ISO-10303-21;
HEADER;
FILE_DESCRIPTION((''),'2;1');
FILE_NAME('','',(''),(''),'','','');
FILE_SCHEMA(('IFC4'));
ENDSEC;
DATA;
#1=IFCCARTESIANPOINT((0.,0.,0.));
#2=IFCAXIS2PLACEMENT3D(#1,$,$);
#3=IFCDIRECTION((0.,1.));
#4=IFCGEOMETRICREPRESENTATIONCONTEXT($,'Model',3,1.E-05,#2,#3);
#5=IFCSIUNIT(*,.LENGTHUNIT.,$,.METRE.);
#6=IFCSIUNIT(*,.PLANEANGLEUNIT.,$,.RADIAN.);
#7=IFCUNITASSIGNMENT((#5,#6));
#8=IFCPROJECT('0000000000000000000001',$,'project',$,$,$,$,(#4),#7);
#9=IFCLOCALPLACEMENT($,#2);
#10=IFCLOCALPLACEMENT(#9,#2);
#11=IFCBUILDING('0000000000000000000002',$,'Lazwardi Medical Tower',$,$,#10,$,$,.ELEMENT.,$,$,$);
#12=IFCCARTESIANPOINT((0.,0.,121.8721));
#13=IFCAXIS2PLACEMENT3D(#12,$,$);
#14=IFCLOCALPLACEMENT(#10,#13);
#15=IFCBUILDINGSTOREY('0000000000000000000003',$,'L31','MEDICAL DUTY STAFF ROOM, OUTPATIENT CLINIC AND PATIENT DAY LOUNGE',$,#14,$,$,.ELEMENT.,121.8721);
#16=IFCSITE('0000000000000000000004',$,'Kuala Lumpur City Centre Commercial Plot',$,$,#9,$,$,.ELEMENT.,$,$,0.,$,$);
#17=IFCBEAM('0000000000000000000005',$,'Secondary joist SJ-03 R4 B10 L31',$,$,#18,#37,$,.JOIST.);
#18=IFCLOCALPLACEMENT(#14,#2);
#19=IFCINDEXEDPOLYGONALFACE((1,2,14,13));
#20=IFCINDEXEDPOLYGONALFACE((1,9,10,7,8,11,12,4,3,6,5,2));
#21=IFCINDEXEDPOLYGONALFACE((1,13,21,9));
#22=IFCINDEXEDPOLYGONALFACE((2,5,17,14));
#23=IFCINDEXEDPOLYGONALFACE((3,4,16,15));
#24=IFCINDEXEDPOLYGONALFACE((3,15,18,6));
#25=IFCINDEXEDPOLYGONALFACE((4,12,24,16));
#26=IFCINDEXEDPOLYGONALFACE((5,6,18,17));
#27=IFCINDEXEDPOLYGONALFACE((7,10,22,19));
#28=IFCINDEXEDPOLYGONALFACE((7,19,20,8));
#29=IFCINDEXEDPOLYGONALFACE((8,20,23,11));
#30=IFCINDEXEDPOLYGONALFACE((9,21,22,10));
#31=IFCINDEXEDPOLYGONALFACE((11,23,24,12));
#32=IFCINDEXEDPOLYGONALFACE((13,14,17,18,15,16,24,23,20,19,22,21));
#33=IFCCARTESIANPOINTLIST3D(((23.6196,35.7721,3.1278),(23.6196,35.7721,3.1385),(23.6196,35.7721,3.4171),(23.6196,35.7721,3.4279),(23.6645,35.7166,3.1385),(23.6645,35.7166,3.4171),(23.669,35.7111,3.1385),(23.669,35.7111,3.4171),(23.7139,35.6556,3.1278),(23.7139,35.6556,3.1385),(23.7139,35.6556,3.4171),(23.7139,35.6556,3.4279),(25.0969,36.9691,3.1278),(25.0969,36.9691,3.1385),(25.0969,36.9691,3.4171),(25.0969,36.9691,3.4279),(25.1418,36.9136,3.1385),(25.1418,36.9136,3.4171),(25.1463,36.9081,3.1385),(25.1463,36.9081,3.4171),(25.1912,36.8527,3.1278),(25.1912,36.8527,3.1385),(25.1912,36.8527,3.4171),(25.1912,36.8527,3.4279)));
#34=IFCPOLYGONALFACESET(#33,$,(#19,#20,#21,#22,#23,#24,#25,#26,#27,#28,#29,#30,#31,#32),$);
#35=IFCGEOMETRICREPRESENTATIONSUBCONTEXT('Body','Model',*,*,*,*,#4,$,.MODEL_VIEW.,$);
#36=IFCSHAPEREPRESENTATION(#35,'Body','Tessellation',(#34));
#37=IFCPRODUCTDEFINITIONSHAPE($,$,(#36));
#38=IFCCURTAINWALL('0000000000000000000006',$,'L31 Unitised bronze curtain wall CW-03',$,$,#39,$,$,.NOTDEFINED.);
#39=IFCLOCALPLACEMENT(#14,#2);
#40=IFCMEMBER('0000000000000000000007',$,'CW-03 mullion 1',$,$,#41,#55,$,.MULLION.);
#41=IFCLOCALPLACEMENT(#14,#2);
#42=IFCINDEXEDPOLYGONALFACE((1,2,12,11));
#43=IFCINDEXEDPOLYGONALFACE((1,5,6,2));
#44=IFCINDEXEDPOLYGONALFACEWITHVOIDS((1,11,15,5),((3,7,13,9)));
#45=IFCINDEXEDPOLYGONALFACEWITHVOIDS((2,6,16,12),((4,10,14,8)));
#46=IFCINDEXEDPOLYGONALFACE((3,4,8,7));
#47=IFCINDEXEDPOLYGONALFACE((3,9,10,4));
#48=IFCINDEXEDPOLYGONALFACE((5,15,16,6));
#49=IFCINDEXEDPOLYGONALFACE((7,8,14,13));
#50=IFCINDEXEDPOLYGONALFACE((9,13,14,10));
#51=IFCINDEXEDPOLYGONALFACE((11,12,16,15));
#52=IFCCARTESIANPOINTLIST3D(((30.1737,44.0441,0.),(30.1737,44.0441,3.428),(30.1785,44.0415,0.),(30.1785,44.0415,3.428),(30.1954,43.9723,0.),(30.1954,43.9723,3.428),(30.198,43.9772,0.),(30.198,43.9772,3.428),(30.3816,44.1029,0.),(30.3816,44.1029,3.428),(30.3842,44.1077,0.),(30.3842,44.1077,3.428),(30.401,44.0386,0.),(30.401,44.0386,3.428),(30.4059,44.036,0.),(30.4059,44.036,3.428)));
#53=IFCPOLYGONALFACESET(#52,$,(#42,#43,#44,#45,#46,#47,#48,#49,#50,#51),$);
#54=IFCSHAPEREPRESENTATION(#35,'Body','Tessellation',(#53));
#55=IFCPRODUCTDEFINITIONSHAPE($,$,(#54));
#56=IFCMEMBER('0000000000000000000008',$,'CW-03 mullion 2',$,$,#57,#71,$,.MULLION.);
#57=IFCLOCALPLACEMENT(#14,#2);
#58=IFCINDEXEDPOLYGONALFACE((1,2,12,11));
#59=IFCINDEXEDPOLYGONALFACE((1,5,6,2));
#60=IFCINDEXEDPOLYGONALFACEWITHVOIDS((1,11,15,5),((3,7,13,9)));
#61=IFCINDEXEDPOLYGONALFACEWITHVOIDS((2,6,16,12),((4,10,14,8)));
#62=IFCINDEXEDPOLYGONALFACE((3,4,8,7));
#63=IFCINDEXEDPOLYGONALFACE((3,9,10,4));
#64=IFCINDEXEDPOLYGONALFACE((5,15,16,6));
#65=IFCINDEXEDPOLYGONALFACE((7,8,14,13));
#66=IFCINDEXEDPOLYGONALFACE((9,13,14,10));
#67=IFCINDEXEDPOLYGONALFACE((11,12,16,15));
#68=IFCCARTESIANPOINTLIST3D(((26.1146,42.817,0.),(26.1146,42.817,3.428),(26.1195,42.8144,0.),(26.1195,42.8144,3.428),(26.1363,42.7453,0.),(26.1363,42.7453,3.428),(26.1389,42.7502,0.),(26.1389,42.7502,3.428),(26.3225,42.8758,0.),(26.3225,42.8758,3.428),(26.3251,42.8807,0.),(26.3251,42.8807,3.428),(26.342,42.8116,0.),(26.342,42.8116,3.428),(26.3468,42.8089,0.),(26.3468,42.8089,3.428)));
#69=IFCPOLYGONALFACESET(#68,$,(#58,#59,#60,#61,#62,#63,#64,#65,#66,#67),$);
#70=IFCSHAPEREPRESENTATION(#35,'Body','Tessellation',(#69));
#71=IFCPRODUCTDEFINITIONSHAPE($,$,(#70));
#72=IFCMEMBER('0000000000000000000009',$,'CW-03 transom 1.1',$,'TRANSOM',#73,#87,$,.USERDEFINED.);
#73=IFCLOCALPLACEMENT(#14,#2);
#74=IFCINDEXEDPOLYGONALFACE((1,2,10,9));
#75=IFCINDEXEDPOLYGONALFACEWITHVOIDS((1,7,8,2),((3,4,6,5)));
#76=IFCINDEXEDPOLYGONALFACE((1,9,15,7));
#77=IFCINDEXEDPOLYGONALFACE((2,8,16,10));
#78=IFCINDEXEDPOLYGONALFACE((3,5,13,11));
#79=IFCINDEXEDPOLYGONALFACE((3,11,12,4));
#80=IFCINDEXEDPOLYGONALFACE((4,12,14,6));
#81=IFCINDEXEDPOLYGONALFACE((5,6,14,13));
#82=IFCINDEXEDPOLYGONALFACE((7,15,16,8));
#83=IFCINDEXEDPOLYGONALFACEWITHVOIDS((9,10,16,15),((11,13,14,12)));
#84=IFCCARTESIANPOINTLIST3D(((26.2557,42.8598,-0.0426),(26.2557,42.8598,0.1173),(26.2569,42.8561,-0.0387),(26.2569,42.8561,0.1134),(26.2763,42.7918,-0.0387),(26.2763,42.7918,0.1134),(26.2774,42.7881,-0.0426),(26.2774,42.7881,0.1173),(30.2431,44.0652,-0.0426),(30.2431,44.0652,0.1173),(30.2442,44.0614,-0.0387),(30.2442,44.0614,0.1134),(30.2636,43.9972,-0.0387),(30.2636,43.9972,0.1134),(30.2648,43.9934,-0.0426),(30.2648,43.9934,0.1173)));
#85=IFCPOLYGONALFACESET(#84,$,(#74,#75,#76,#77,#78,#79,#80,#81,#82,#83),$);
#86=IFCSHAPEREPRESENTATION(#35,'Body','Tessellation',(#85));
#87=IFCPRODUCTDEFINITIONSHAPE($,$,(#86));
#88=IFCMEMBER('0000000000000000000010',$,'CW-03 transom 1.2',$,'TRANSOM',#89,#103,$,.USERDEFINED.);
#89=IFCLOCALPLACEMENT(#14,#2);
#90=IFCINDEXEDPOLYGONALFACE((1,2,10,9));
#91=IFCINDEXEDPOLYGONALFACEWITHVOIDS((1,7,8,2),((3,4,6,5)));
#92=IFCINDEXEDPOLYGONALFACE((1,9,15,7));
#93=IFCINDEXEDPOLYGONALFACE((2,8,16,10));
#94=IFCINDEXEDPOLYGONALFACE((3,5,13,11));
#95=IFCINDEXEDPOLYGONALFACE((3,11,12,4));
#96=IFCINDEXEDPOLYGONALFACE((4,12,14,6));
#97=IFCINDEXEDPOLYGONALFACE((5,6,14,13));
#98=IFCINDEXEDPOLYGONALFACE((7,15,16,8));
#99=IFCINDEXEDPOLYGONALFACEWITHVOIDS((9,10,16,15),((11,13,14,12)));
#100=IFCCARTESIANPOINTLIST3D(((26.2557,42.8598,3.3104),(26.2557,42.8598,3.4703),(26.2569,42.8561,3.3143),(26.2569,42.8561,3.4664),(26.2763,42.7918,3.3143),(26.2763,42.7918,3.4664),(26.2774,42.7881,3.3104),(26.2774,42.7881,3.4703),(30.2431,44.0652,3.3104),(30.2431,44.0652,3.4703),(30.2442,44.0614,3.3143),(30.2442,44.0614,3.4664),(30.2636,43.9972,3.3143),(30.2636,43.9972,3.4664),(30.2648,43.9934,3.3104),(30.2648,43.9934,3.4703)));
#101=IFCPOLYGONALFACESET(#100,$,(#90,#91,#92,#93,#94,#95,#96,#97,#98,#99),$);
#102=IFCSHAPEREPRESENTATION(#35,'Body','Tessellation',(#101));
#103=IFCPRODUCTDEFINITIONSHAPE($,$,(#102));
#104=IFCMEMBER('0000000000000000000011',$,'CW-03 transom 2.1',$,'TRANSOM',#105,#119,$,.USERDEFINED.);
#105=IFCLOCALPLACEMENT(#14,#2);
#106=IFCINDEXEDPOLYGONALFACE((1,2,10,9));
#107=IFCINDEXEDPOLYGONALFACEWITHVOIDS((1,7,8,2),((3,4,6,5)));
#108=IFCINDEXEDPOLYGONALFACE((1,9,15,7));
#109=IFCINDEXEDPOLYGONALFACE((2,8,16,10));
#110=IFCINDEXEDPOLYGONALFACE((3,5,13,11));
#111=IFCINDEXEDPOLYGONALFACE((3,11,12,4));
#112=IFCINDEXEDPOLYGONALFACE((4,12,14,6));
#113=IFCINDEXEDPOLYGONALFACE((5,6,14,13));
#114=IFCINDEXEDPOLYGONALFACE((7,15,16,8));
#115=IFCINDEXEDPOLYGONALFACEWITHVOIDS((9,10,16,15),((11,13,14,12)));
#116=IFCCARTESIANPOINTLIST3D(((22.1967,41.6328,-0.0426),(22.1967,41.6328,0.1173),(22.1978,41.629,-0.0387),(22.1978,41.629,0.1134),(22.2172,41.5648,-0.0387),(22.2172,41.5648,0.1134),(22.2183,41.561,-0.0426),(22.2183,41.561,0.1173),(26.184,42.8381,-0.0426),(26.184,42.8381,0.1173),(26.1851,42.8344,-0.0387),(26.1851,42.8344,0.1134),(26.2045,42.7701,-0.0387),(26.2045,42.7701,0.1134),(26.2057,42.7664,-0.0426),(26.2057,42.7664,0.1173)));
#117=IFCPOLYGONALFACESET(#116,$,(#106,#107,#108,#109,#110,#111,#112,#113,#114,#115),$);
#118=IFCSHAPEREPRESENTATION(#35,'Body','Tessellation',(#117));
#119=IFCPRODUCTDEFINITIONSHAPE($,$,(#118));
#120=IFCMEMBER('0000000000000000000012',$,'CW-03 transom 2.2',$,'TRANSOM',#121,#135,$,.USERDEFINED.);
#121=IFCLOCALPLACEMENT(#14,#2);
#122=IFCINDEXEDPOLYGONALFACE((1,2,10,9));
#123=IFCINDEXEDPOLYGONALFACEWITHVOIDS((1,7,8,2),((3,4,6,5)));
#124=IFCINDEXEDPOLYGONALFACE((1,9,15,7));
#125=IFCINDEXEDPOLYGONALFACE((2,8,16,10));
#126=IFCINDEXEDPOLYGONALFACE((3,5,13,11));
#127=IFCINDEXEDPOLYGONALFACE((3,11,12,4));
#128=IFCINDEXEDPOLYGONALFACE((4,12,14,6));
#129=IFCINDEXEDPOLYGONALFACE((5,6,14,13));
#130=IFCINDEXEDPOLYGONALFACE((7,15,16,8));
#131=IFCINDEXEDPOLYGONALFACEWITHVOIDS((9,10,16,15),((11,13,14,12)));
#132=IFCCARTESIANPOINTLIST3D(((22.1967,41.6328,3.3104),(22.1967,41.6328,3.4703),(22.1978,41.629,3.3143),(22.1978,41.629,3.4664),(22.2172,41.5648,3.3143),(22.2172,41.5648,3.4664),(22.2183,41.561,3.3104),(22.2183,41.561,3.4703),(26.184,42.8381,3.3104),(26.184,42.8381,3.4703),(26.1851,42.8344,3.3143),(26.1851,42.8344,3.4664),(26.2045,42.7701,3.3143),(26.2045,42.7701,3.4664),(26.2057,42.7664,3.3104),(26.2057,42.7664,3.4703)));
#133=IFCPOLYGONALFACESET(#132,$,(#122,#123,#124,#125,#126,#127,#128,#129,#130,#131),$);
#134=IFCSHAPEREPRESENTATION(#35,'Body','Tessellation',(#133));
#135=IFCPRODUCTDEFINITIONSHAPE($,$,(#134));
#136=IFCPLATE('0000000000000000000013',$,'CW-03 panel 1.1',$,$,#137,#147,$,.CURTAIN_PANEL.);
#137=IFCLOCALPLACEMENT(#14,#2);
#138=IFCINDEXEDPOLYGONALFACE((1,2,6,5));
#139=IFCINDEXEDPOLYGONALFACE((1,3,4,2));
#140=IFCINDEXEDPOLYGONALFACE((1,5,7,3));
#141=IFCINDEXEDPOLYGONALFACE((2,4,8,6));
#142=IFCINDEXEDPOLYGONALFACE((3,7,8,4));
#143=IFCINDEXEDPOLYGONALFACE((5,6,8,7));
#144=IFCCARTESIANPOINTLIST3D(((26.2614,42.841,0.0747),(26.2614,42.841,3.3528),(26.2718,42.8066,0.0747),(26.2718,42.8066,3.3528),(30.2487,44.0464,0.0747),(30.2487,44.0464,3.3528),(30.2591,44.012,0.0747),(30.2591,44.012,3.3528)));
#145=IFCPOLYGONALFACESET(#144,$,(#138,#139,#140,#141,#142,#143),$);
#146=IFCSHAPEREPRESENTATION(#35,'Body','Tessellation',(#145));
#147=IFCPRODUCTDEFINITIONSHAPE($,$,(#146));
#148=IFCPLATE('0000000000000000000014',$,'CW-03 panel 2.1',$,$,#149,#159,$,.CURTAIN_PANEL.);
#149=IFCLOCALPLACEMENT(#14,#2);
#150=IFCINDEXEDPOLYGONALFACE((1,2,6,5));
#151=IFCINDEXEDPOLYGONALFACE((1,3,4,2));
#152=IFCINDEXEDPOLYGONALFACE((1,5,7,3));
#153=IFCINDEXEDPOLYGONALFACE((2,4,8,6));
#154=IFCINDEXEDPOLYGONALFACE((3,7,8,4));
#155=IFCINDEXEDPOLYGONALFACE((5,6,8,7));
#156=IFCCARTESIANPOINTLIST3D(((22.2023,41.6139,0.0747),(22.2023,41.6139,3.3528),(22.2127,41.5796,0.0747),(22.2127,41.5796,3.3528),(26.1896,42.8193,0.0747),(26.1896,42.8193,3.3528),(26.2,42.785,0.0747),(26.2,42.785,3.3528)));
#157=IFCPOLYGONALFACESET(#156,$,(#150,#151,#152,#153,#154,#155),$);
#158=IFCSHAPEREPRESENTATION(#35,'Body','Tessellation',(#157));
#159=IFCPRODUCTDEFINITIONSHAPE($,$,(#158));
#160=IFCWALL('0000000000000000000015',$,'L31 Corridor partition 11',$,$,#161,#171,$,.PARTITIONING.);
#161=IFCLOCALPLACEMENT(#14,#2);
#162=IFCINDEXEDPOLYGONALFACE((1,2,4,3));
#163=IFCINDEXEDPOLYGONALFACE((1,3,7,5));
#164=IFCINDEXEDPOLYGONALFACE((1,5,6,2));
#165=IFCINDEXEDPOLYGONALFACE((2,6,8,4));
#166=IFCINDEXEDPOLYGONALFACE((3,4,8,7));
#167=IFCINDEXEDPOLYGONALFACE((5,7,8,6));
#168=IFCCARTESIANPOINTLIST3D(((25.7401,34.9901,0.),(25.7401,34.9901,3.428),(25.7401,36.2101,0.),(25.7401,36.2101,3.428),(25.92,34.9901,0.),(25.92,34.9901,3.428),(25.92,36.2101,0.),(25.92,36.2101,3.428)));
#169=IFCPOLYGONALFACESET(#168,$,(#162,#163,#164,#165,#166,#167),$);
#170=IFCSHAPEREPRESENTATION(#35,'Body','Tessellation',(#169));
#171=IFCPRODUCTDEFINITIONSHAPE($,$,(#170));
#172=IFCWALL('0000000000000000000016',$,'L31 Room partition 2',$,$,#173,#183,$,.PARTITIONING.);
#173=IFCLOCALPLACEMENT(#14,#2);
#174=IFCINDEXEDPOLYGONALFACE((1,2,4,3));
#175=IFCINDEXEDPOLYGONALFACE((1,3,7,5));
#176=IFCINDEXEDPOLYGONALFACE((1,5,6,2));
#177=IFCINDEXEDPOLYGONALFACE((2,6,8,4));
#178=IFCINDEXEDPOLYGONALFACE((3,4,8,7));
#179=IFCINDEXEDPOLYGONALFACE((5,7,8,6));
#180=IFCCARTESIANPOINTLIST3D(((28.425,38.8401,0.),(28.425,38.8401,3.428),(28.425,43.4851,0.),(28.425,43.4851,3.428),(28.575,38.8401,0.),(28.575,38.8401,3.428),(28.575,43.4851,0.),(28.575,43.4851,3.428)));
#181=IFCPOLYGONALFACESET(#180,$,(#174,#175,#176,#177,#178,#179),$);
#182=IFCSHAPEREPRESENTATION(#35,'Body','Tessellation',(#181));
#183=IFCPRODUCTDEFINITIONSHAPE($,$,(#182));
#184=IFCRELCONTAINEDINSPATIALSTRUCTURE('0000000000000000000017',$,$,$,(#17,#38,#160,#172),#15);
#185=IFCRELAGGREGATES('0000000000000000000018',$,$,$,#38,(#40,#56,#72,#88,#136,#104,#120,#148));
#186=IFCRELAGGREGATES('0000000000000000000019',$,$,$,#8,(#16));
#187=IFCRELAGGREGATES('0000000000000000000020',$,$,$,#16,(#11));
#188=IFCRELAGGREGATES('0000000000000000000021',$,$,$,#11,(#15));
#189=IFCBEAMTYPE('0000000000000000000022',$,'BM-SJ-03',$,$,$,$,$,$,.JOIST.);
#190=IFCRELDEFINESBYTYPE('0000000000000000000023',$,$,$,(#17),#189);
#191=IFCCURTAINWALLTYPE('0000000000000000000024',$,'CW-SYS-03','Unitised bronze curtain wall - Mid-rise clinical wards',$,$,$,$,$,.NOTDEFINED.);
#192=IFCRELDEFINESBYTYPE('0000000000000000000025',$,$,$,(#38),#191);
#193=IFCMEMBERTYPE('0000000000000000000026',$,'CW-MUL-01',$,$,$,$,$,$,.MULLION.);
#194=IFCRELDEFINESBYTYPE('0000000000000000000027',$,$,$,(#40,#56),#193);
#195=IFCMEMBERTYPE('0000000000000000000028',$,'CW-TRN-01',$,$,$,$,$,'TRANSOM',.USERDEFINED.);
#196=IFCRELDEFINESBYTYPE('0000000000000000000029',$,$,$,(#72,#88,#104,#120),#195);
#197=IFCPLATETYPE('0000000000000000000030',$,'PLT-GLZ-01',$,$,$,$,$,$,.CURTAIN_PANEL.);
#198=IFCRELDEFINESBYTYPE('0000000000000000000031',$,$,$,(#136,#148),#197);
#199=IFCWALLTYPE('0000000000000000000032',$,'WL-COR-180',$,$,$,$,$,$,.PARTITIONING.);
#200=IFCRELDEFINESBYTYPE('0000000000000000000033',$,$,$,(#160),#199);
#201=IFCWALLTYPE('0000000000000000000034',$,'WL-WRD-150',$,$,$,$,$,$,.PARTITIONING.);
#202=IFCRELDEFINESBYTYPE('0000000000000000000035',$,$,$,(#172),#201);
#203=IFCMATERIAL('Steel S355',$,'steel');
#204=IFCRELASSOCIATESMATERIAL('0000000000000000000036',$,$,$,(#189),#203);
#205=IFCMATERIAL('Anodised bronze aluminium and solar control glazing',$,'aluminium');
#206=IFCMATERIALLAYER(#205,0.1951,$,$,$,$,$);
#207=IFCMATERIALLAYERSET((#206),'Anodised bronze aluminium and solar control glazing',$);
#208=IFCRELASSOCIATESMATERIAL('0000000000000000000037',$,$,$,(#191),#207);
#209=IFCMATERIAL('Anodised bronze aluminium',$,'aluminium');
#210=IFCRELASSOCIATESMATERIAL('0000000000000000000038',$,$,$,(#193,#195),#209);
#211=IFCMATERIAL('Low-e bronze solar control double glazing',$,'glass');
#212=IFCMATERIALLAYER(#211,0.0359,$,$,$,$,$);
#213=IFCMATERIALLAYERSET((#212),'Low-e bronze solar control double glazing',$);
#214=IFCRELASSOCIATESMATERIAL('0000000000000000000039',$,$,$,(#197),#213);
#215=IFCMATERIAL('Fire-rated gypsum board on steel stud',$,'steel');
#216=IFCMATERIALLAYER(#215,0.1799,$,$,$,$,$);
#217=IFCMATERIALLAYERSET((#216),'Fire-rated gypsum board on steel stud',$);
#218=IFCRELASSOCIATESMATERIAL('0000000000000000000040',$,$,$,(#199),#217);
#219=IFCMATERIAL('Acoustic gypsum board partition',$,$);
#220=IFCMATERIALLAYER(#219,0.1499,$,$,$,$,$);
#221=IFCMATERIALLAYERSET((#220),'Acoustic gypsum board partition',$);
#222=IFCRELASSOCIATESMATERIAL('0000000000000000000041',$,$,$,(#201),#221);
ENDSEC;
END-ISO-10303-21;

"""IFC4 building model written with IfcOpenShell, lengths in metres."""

from ifc_helpers import new_model, si_unit, direction, frame, frame_2d, origin, origin_2d, place, context, subcontext, project, spatial, rectangle, hollow_rectangle, i_section, extrude, material, layer, layer_set, material_profile, profile_set, type_object, element, aggregate, save


model = new_model("IFC4")

# Units and contexts
model_context = context("Model", 3, precision=1e-05, world=origin(), true_north=direction((0.0, 1.0)))
body_context = subcontext(model_context, "Body", "Model", "MODEL_VIEW")
ifc_project = project(units=[si_unit("LENGTHUNIT", "METRE"), si_unit("PLANEANGLEUNIT", "RADIAN")], contexts=[model_context])

# Site, building, storey
site_placement = place(None, origin())
site = spatial("IfcSite", under=ifc_project, at=site_placement, Name="Kuala Lumpur City Centre Commercial Plot", CompositionType="ELEMENT", RefElevation=0.0)
building_placement = place(site_placement, origin())
building = spatial("IfcBuilding", under=site, at=building_placement, Name="Lazwardi Medical Tower", CompositionType="ELEMENT")
storey_placement = place(building_placement, frame((0.0, 0.0, 121.8721)))
storey = spatial("IfcBuildingStorey", under=building, at=storey_placement, Name="L31", Description="MEDICAL DUTY STAFF ROOM, OUTPATIENT CLINIC AND PATIENT DAY LOUNGE", CompositionType="ELEMENT", Elevation=121.8721)

# Beam
ifc_material_1 = material(Name="Steel S355", Category="steel")
ifc_material_profile_1 = material_profile(ifc_material_1, i_section(OverallWidth=0.1499, OverallDepth=0.3, WebThickness=0.0071, FlangeThickness=0.0107, at=origin_2d()), Name="IPE 300")
ifc_profile_set_1 = profile_set([ifc_material_profile_1], Name="Steel S355")
beam_type_1 = type_object("IfcBeamType", Name="BM-SJ-03", PredefinedType="JOIST", material=ifc_profile_set_1)
beam_1_placement = place(storey_placement, frame((25.144, 36.9109, 3.2778), z_axis=(-0.776958, -0.629553, 0.0), x_axis=(0.629553, -0.776958, 0.0)))
element("IfcBeam", 1, at=beam_1_placement, inside=storey, type_object=beam_type_1, Name="Secondary joist SJ-03 R4 B10 L31", PredefinedType="JOIST", context=body_context, shape_type="SweptSolid", body=[
    extrude(i_section(OverallWidth=0.1499, OverallDepth=0.3, WebThickness=0.0071, FlangeThickness=0.0107, at=origin_2d()), origin(), (0.0, 0.0, 1.0), 1.9014),
])

# Curtain wall, members, plates
ifc_material_2 = material(Name="Anodised bronze aluminium and solar control glazing", Category="aluminium")
ifc_layer_1 = layer(ifc_material_2, 0.1951)
ifc_layer_set_1 = layer_set([ifc_layer_1], Name="Anodised bronze aluminium and solar control glazing")
curtain_wall_type = type_object("IfcCurtainWallType", Name="CW-SYS-03", Description="Unitised bronze curtain wall - Mid-rise clinical wards", PredefinedType="NOTDEFINED", material=ifc_layer_set_1)
curtain_wall_placement = place(storey_placement, origin())
curtain_wall = element("IfcCurtainWall", 2, at=curtain_wall_placement, inside=storey, type_object=curtain_wall_type, Name="L31 Unitised bronze curtain wall CW-03", PredefinedType="NOTDEFINED")
ifc_material_3 = material(Name="Anodised bronze aluminium", Category="aluminium")
ifc_material_profile_2 = material_profile(ifc_material_3, hollow_rectangle(XDim=0.075, YDim=0.22, WallThickness=0.0039, at=origin_2d()), Name="ALU-MULLION 220x75x4")
ifc_profile_set_2 = profile_set([ifc_material_profile_2], Name="Anodised bronze aluminium")
member_type_1 = type_object("IfcMemberType", Name="CW-MUL-01", PredefinedType="MULLION", material=ifc_profile_set_2)
member_1_placement = place(storey_placement, frame((30.2898, 44.04, 0.0), z_axis=(0.0, 0.0, 1.0), x_axis=(0.289374, -0.957216, 0.0)))
member_1 = element("IfcMember", 3, at=member_1_placement, type_object=member_type_1, Name="CW-03 mullion 1", PredefinedType="MULLION", context=body_context, shape_type="SweptSolid", body=[
    extrude(hollow_rectangle(XDim=0.075, YDim=0.22, WallThickness=0.0039, at=origin_2d()), origin(), (0.0, 0.0, 1.0), 3.428),
])
member_2_placement = place(storey_placement, frame((26.2307, 42.813, 0.0), z_axis=(0.0, 0.0, 1.0), x_axis=(0.289374, -0.957216, 0.0)))
member_2 = element("IfcMember", 4, at=member_2_placement, type_object=member_type_1, Name="CW-03 mullion 2", PredefinedType="MULLION", context=body_context, shape_type="SweptSolid", body=[
    extrude(hollow_rectangle(XDim=0.075, YDim=0.22, WallThickness=0.0039, at=origin_2d()), origin(), (0.0, 0.0, 1.0), 3.428),
])
ifc_material_profile_3 = material_profile(ifc_material_3, hollow_rectangle(XDim=0.075, YDim=0.1599, WallThickness=0.0039, at=origin_2d()), Name="ALU-TRANSOM 160x75x4")
ifc_profile_set_3 = profile_set([ifc_material_profile_3], Name="Anodised bronze aluminium")
member_type_2 = type_object("IfcMemberType", Name="CW-TRN-01", ElementType="TRANSOM", PredefinedType="USERDEFINED", material=ifc_profile_set_3)
member_3_placement = place(storey_placement, frame((30.2539, 44.0293, 0.0374), z_axis=(-0.957221, -0.289358, 0.0), x_axis=(0.289358, -0.957221, 0.0)))
member_3 = element("IfcMember", 5, at=member_3_placement, type_object=member_type_2, Name="CW-03 transom 1.1", ObjectType="TRANSOM", PredefinedType="USERDEFINED", context=body_context, shape_type="SweptSolid", body=[
    extrude(hollow_rectangle(XDim=0.075, YDim=0.1599, WallThickness=0.0039, at=origin_2d()), origin(), (0.0, 0.0, 1.0), 4.1655),
])
member_4_placement = place(storey_placement, frame((30.2539, 44.0293, 3.3904), z_axis=(-0.957221, -0.289358, 0.0), x_axis=(0.289358, -0.957221, 0.0)))
member_4 = element("IfcMember", 6, at=member_4_placement, type_object=member_type_2, Name="CW-03 transom 1.2", ObjectType="TRANSOM", PredefinedType="USERDEFINED", context=body_context, shape_type="SweptSolid", body=[
    extrude(hollow_rectangle(XDim=0.075, YDim=0.1599, WallThickness=0.0039, at=origin_2d()), origin(), (0.0, 0.0, 1.0), 4.1655),
])
member_5_placement = place(storey_placement, frame((26.1948, 42.8022, 0.0374), z_axis=(-0.957221, -0.289358, 0.0), x_axis=(0.289358, -0.957221, 0.0)))
member_5 = element("IfcMember", 7, at=member_5_placement, type_object=member_type_2, Name="CW-03 transom 2.1", ObjectType="TRANSOM", PredefinedType="USERDEFINED", context=body_context, shape_type="SweptSolid", body=[
    extrude(hollow_rectangle(XDim=0.075, YDim=0.1599, WallThickness=0.0039, at=origin_2d()), origin(), (0.0, 0.0, 1.0), 4.1655),
])
member_6_placement = place(storey_placement, frame((26.1948, 42.8022, 3.3904), z_axis=(-0.957221, -0.289358, 0.0), x_axis=(0.289358, -0.957221, 0.0)))
member_6 = element("IfcMember", 8, at=member_6_placement, type_object=member_type_2, Name="CW-03 transom 2.2", ObjectType="TRANSOM", PredefinedType="USERDEFINED", context=body_context, shape_type="SweptSolid", body=[
    extrude(hollow_rectangle(XDim=0.075, YDim=0.1599, WallThickness=0.0039, at=origin_2d()), origin(), (0.0, 0.0, 1.0), 4.1655),
])
ifc_material_4 = material(Name="Low-e bronze solar control double glazing", Category="glass")
ifc_layer_2 = layer(ifc_material_4, 0.0359)
ifc_layer_set_2 = layer_set([ifc_layer_2], Name="Low-e bronze solar control double glazing")
plate_type = type_object("IfcPlateType", Name="PLT-GLZ-01", PredefinedType="CURTAIN_PANEL", material=ifc_layer_set_2)
plate_1_placement = place(storey_placement, frame((28.2603, 43.4265, 0.0747), z_axis=(0.0, 0.0, 1.0), x_axis=(-0.957216, -0.289374, 0.0)))
plate_1 = element("IfcPlate", 9, at=plate_1_placement, type_object=plate_type, Name="CW-03 panel 1.1", PredefinedType="CURTAIN_PANEL", context=body_context, shape_type="SweptSolid", body=[
    extrude(rectangle(XDim=4.1655, YDim=0.0359, at=origin_2d()), origin(), (0.0, 0.0, 1.0), 3.2781),
])
plate_2_placement = place(storey_placement, frame((24.2012, 42.1995, 0.0747), z_axis=(0.0, 0.0, 1.0), x_axis=(-0.957216, -0.289374, 0.0)))
plate_2 = element("IfcPlate", 10, at=plate_2_placement, type_object=plate_type, Name="CW-03 panel 2.1", PredefinedType="CURTAIN_PANEL", context=body_context, shape_type="SweptSolid", body=[
    extrude(rectangle(XDim=4.1655, YDim=0.0359, at=origin_2d()), origin(), (0.0, 0.0, 1.0), 3.2781),
])
aggregate(curtain_wall, [member_1, member_2, member_3, member_4, plate_1, member_5, member_6, plate_2])

# Walls
ifc_material_5 = material(Name="Fire-rated gypsum board on steel stud", Category="steel")
ifc_layer_3 = layer(ifc_material_5, 0.1799)
ifc_layer_set_3 = layer_set([ifc_layer_3], Name="Fire-rated gypsum board on steel stud")
wall_type_1 = type_object("IfcWallType", Name="WL-COR-180", PredefinedType="PARTITIONING", material=ifc_layer_set_3)
wall_1_placement = place(storey_placement, frame((25.8301, 36.21, 0.0), z_axis=(0.0, 0.0, 1.0), x_axis=(0.0, -1.0, 0.0)))
element("IfcWall", 11, at=wall_1_placement, inside=storey, type_object=wall_type_1, Name="L31 Corridor partition 11", PredefinedType="PARTITIONING", context=body_context, shape_type="SweptSolid", body=[
    extrude(rectangle(XDim=1.22, YDim=0.1799, at=frame_2d((0.6099, 0.0))), origin(), (0.0, 0.0, 1.0), 3.428),
])
ifc_material_6 = material(Name="Acoustic gypsum board partition")
ifc_layer_4 = layer(ifc_material_6, 0.1499)
ifc_layer_set_4 = layer_set([ifc_layer_4], Name="Acoustic gypsum board partition")
wall_type_2 = type_object("IfcWallType", Name="WL-WRD-150", PredefinedType="PARTITIONING", material=ifc_layer_set_4)
wall_2_placement = place(storey_placement, frame((28.5, 38.8401, 0.0), z_axis=(0.0, 0.0, 1.0), x_axis=(0.0, 1.0, 0.0)))
element("IfcWall", 12, at=wall_2_placement, inside=storey, type_object=wall_type_2, Name="L31 Room partition 2", PredefinedType="PARTITIONING", context=body_context, shape_type="SweptSolid", body=[
    extrude(rectangle(XDim=4.645, YDim=0.1499, at=frame_2d((2.3225, 0.0))), origin(), (0.0, 0.0, 1.0), 3.428),
])

save(model, "model.ifc")
